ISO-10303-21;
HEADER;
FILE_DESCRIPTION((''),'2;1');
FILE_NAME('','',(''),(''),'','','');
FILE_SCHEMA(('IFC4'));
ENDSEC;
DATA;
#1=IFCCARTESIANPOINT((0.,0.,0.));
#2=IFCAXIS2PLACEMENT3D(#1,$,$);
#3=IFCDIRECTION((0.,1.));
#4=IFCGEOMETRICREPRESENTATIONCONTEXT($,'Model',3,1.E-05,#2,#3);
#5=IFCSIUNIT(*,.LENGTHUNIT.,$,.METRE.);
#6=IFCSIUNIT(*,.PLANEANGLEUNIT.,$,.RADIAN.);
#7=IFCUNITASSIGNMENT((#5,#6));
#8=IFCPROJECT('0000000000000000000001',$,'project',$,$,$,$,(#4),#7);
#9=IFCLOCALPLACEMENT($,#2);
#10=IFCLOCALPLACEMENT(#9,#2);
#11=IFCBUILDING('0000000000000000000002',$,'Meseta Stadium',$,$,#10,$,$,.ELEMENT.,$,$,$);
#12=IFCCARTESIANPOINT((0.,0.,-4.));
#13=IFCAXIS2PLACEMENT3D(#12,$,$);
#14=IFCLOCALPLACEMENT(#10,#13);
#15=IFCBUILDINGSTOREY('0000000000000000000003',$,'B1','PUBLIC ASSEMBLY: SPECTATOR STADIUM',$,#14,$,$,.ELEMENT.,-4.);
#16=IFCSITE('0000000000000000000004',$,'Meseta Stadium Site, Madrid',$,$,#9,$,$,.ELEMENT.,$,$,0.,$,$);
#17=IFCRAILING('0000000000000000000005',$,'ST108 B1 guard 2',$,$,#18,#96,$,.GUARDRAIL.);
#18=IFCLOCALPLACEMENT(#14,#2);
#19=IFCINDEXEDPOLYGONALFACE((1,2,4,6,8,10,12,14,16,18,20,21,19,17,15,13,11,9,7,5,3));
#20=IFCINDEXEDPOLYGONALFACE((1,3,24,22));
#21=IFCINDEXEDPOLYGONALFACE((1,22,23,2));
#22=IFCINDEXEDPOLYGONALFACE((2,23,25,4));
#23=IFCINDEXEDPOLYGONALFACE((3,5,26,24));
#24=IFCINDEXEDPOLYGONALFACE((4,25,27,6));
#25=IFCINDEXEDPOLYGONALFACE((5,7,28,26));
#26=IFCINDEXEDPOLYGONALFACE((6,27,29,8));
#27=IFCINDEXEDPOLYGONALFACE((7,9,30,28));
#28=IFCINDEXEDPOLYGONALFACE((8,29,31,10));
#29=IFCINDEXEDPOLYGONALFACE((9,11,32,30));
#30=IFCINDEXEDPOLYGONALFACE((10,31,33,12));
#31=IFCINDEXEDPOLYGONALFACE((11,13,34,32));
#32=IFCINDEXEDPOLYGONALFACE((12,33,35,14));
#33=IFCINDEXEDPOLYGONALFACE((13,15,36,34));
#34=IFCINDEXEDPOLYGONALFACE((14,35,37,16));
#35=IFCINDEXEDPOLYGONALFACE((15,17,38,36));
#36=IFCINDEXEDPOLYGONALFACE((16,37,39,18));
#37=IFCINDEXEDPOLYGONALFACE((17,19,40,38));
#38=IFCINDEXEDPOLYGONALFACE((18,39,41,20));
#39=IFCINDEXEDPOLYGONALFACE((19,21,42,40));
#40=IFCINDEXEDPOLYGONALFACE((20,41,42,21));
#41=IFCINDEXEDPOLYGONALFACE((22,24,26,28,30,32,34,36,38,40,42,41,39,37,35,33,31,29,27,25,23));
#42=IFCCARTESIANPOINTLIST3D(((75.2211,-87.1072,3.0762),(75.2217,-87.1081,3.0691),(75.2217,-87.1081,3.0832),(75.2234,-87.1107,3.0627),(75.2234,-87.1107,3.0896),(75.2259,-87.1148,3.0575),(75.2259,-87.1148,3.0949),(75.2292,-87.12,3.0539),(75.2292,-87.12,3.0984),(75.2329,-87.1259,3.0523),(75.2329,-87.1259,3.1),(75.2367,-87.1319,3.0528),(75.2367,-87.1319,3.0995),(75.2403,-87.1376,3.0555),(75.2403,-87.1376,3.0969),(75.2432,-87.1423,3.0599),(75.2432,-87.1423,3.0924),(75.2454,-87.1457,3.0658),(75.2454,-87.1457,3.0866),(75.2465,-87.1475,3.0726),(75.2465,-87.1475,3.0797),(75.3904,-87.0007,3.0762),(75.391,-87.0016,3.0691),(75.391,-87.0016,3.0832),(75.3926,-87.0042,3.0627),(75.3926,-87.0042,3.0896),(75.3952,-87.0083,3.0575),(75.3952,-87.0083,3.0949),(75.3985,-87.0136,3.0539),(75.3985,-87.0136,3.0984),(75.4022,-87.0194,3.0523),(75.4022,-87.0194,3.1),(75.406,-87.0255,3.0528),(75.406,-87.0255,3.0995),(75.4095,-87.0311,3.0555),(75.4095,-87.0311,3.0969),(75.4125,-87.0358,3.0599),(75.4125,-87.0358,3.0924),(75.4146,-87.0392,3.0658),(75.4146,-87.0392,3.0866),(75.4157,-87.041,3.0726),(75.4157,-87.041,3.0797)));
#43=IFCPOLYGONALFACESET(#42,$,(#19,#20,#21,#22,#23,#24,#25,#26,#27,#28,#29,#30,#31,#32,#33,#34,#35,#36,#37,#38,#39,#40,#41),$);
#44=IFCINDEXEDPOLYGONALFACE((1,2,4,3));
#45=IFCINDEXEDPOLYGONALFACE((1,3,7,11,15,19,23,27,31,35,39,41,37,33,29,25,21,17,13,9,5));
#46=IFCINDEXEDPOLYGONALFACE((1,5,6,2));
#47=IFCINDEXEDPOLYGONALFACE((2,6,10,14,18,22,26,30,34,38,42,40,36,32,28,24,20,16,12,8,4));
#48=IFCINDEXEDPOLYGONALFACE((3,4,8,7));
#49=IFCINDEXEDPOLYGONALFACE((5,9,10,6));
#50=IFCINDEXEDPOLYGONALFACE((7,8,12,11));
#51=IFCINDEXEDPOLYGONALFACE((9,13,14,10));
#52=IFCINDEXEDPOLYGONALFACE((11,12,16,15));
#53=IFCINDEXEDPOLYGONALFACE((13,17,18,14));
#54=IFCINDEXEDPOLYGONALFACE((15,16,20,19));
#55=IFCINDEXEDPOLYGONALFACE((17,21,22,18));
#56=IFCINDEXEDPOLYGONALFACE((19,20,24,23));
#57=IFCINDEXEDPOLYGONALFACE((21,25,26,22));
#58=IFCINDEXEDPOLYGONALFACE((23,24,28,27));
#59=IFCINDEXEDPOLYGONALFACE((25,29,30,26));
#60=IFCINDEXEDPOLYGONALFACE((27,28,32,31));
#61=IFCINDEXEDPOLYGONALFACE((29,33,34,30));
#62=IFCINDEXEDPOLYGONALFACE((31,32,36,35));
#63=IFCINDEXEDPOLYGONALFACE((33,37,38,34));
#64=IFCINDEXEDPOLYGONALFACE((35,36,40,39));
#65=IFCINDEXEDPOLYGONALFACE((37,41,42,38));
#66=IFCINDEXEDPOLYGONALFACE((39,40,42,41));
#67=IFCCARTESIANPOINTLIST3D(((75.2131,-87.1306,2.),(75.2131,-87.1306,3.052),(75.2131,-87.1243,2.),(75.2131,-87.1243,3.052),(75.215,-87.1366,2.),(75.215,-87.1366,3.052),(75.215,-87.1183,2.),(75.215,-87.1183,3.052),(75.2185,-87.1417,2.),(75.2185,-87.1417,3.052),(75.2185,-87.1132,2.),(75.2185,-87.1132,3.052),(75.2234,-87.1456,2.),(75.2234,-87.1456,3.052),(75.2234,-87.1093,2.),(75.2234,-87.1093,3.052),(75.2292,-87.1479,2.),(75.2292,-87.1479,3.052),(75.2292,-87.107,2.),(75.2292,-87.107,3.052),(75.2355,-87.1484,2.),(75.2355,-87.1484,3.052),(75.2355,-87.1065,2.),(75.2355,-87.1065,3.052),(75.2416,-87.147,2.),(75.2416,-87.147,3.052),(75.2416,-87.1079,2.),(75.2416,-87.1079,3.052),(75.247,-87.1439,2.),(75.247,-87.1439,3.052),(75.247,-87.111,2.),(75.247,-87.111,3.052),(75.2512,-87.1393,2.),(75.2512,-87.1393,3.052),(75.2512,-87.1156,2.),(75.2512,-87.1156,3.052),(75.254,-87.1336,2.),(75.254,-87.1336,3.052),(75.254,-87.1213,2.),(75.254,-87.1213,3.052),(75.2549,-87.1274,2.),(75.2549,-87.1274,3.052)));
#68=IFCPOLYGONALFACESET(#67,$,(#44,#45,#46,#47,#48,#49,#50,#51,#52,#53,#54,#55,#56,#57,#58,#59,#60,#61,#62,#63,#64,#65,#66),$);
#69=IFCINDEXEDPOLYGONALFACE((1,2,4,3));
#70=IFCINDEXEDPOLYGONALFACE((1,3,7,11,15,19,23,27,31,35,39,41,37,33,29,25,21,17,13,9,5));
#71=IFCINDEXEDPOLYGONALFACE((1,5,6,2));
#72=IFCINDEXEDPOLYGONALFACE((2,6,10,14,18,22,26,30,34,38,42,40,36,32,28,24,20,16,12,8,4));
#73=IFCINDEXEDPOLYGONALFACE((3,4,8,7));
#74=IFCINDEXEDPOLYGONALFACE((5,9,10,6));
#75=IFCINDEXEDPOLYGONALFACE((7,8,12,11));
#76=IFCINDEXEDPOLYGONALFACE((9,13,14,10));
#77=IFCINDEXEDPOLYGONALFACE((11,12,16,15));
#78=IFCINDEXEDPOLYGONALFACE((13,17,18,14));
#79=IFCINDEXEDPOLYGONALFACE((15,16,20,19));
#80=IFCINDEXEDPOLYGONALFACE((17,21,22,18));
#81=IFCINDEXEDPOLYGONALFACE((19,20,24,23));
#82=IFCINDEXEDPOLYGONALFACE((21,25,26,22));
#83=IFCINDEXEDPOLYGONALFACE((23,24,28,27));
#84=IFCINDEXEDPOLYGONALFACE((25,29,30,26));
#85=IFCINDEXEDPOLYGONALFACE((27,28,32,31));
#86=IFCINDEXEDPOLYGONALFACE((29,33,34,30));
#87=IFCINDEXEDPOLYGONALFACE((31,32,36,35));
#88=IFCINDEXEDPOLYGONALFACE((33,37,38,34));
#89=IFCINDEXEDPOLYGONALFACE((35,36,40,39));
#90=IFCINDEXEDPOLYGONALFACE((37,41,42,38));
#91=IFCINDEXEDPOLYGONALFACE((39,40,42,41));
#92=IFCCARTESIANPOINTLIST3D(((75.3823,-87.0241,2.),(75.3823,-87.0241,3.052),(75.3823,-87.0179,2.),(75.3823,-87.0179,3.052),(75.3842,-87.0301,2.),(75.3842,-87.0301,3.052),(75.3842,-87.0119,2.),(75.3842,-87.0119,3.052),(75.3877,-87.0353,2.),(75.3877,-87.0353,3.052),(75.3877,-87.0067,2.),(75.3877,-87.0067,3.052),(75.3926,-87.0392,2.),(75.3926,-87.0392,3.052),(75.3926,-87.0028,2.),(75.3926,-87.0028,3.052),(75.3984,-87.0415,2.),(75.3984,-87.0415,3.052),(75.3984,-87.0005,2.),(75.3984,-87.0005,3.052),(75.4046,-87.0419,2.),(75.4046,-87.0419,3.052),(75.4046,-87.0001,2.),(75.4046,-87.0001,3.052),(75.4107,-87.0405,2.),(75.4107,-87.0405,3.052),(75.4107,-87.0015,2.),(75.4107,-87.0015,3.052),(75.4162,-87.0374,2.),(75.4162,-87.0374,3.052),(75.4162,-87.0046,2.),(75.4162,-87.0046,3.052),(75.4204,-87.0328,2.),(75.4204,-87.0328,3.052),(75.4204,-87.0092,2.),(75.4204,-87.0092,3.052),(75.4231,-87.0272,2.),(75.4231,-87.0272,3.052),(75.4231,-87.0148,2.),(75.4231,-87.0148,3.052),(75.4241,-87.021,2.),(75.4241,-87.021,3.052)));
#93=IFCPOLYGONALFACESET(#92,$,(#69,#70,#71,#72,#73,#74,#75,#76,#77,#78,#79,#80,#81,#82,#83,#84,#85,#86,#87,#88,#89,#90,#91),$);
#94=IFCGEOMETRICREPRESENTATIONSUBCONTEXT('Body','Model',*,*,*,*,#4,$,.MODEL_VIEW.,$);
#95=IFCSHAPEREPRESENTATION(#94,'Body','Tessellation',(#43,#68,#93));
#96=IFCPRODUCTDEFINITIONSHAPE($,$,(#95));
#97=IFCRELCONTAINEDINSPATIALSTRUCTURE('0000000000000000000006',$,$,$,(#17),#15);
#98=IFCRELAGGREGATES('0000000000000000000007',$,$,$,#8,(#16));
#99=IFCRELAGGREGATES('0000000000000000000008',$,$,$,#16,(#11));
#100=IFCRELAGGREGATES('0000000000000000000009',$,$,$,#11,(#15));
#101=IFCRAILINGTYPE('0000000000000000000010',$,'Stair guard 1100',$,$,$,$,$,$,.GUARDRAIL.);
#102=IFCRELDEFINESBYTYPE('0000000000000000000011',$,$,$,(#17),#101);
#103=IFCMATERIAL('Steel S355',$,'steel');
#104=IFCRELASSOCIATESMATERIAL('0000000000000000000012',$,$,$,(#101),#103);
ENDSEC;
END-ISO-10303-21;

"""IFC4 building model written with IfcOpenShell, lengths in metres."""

from ifc_helpers import new_model, si_unit, direction, frame, origin, origin_2d, place, context, subcontext, project, spatial, circle, extrude, material, type_object, element, save


model = new_model("IFC4")

# Units and contexts
model_context = context("Model", 3, precision=1e-05, world=origin(), true_north=direction((0.0, 1.0)))
body_context = subcontext(model_context, "Body", "Model", "MODEL_VIEW")
ifc_project = project(units=[si_unit("LENGTHUNIT", "METRE"), si_unit("PLANEANGLEUNIT", "RADIAN")], contexts=[model_context])

# Site, building, storey
site_placement = place(None, origin())
site = spatial("IfcSite", under=ifc_project, at=site_placement, Name="Meseta Stadium Site, Madrid", CompositionType="ELEMENT", RefElevation=0.0)
building_placement = place(site_placement, origin())
building = spatial("IfcBuilding", under=site, at=building_placement, Name="Meseta Stadium", CompositionType="ELEMENT")
storey_placement = place(building_placement, frame((0.0, 0.0, -4.0)))
storey = spatial("IfcBuildingStorey", under=building, at=storey_placement, Name="B1", Description="PUBLIC ASSEMBLY: SPECTATOR STADIUM", CompositionType="ELEMENT", Elevation=-4.0)

# Railing
ifc_material_1 = material(Name="Steel S355", Category="steel")
railing_type_1 = type_object("IfcRailingType", Name="Stair guard 1100", PredefinedType="GUARDRAIL", material=ifc_material_1)
railing_1_placement = place(storey_placement, frame((75.2339, -87.1274, 2.0)))
element("IfcRailing", 1, at=railing_1_placement, inside=storey, type_object=railing_type_1, Name="ST108 B1 guard 2", PredefinedType="GUARDRAIL", context=body_context, shape_type="SweptSolid", body=[
    extrude(circle(Radius=0.0239, at=origin_2d()), frame((0.0, 0.0, 1.0762), z_axis=(0.846416, 0.532522, 0.0), x_axis=(-0.532522, 0.846416, 0.0)), (0.0, 0.0, 1.0), 0.2),
    extrude(circle(Radius=0.021, at=origin_2d()), origin(), (0.0, 0.0, 1.0), 1.052),
    extrude(circle(Radius=0.021, at=origin_2d()), frame((0.1692, 0.1064, 0.0)), (0.0, 0.0, 1.0), 1.052),
])

save(model, "model.ifc")
